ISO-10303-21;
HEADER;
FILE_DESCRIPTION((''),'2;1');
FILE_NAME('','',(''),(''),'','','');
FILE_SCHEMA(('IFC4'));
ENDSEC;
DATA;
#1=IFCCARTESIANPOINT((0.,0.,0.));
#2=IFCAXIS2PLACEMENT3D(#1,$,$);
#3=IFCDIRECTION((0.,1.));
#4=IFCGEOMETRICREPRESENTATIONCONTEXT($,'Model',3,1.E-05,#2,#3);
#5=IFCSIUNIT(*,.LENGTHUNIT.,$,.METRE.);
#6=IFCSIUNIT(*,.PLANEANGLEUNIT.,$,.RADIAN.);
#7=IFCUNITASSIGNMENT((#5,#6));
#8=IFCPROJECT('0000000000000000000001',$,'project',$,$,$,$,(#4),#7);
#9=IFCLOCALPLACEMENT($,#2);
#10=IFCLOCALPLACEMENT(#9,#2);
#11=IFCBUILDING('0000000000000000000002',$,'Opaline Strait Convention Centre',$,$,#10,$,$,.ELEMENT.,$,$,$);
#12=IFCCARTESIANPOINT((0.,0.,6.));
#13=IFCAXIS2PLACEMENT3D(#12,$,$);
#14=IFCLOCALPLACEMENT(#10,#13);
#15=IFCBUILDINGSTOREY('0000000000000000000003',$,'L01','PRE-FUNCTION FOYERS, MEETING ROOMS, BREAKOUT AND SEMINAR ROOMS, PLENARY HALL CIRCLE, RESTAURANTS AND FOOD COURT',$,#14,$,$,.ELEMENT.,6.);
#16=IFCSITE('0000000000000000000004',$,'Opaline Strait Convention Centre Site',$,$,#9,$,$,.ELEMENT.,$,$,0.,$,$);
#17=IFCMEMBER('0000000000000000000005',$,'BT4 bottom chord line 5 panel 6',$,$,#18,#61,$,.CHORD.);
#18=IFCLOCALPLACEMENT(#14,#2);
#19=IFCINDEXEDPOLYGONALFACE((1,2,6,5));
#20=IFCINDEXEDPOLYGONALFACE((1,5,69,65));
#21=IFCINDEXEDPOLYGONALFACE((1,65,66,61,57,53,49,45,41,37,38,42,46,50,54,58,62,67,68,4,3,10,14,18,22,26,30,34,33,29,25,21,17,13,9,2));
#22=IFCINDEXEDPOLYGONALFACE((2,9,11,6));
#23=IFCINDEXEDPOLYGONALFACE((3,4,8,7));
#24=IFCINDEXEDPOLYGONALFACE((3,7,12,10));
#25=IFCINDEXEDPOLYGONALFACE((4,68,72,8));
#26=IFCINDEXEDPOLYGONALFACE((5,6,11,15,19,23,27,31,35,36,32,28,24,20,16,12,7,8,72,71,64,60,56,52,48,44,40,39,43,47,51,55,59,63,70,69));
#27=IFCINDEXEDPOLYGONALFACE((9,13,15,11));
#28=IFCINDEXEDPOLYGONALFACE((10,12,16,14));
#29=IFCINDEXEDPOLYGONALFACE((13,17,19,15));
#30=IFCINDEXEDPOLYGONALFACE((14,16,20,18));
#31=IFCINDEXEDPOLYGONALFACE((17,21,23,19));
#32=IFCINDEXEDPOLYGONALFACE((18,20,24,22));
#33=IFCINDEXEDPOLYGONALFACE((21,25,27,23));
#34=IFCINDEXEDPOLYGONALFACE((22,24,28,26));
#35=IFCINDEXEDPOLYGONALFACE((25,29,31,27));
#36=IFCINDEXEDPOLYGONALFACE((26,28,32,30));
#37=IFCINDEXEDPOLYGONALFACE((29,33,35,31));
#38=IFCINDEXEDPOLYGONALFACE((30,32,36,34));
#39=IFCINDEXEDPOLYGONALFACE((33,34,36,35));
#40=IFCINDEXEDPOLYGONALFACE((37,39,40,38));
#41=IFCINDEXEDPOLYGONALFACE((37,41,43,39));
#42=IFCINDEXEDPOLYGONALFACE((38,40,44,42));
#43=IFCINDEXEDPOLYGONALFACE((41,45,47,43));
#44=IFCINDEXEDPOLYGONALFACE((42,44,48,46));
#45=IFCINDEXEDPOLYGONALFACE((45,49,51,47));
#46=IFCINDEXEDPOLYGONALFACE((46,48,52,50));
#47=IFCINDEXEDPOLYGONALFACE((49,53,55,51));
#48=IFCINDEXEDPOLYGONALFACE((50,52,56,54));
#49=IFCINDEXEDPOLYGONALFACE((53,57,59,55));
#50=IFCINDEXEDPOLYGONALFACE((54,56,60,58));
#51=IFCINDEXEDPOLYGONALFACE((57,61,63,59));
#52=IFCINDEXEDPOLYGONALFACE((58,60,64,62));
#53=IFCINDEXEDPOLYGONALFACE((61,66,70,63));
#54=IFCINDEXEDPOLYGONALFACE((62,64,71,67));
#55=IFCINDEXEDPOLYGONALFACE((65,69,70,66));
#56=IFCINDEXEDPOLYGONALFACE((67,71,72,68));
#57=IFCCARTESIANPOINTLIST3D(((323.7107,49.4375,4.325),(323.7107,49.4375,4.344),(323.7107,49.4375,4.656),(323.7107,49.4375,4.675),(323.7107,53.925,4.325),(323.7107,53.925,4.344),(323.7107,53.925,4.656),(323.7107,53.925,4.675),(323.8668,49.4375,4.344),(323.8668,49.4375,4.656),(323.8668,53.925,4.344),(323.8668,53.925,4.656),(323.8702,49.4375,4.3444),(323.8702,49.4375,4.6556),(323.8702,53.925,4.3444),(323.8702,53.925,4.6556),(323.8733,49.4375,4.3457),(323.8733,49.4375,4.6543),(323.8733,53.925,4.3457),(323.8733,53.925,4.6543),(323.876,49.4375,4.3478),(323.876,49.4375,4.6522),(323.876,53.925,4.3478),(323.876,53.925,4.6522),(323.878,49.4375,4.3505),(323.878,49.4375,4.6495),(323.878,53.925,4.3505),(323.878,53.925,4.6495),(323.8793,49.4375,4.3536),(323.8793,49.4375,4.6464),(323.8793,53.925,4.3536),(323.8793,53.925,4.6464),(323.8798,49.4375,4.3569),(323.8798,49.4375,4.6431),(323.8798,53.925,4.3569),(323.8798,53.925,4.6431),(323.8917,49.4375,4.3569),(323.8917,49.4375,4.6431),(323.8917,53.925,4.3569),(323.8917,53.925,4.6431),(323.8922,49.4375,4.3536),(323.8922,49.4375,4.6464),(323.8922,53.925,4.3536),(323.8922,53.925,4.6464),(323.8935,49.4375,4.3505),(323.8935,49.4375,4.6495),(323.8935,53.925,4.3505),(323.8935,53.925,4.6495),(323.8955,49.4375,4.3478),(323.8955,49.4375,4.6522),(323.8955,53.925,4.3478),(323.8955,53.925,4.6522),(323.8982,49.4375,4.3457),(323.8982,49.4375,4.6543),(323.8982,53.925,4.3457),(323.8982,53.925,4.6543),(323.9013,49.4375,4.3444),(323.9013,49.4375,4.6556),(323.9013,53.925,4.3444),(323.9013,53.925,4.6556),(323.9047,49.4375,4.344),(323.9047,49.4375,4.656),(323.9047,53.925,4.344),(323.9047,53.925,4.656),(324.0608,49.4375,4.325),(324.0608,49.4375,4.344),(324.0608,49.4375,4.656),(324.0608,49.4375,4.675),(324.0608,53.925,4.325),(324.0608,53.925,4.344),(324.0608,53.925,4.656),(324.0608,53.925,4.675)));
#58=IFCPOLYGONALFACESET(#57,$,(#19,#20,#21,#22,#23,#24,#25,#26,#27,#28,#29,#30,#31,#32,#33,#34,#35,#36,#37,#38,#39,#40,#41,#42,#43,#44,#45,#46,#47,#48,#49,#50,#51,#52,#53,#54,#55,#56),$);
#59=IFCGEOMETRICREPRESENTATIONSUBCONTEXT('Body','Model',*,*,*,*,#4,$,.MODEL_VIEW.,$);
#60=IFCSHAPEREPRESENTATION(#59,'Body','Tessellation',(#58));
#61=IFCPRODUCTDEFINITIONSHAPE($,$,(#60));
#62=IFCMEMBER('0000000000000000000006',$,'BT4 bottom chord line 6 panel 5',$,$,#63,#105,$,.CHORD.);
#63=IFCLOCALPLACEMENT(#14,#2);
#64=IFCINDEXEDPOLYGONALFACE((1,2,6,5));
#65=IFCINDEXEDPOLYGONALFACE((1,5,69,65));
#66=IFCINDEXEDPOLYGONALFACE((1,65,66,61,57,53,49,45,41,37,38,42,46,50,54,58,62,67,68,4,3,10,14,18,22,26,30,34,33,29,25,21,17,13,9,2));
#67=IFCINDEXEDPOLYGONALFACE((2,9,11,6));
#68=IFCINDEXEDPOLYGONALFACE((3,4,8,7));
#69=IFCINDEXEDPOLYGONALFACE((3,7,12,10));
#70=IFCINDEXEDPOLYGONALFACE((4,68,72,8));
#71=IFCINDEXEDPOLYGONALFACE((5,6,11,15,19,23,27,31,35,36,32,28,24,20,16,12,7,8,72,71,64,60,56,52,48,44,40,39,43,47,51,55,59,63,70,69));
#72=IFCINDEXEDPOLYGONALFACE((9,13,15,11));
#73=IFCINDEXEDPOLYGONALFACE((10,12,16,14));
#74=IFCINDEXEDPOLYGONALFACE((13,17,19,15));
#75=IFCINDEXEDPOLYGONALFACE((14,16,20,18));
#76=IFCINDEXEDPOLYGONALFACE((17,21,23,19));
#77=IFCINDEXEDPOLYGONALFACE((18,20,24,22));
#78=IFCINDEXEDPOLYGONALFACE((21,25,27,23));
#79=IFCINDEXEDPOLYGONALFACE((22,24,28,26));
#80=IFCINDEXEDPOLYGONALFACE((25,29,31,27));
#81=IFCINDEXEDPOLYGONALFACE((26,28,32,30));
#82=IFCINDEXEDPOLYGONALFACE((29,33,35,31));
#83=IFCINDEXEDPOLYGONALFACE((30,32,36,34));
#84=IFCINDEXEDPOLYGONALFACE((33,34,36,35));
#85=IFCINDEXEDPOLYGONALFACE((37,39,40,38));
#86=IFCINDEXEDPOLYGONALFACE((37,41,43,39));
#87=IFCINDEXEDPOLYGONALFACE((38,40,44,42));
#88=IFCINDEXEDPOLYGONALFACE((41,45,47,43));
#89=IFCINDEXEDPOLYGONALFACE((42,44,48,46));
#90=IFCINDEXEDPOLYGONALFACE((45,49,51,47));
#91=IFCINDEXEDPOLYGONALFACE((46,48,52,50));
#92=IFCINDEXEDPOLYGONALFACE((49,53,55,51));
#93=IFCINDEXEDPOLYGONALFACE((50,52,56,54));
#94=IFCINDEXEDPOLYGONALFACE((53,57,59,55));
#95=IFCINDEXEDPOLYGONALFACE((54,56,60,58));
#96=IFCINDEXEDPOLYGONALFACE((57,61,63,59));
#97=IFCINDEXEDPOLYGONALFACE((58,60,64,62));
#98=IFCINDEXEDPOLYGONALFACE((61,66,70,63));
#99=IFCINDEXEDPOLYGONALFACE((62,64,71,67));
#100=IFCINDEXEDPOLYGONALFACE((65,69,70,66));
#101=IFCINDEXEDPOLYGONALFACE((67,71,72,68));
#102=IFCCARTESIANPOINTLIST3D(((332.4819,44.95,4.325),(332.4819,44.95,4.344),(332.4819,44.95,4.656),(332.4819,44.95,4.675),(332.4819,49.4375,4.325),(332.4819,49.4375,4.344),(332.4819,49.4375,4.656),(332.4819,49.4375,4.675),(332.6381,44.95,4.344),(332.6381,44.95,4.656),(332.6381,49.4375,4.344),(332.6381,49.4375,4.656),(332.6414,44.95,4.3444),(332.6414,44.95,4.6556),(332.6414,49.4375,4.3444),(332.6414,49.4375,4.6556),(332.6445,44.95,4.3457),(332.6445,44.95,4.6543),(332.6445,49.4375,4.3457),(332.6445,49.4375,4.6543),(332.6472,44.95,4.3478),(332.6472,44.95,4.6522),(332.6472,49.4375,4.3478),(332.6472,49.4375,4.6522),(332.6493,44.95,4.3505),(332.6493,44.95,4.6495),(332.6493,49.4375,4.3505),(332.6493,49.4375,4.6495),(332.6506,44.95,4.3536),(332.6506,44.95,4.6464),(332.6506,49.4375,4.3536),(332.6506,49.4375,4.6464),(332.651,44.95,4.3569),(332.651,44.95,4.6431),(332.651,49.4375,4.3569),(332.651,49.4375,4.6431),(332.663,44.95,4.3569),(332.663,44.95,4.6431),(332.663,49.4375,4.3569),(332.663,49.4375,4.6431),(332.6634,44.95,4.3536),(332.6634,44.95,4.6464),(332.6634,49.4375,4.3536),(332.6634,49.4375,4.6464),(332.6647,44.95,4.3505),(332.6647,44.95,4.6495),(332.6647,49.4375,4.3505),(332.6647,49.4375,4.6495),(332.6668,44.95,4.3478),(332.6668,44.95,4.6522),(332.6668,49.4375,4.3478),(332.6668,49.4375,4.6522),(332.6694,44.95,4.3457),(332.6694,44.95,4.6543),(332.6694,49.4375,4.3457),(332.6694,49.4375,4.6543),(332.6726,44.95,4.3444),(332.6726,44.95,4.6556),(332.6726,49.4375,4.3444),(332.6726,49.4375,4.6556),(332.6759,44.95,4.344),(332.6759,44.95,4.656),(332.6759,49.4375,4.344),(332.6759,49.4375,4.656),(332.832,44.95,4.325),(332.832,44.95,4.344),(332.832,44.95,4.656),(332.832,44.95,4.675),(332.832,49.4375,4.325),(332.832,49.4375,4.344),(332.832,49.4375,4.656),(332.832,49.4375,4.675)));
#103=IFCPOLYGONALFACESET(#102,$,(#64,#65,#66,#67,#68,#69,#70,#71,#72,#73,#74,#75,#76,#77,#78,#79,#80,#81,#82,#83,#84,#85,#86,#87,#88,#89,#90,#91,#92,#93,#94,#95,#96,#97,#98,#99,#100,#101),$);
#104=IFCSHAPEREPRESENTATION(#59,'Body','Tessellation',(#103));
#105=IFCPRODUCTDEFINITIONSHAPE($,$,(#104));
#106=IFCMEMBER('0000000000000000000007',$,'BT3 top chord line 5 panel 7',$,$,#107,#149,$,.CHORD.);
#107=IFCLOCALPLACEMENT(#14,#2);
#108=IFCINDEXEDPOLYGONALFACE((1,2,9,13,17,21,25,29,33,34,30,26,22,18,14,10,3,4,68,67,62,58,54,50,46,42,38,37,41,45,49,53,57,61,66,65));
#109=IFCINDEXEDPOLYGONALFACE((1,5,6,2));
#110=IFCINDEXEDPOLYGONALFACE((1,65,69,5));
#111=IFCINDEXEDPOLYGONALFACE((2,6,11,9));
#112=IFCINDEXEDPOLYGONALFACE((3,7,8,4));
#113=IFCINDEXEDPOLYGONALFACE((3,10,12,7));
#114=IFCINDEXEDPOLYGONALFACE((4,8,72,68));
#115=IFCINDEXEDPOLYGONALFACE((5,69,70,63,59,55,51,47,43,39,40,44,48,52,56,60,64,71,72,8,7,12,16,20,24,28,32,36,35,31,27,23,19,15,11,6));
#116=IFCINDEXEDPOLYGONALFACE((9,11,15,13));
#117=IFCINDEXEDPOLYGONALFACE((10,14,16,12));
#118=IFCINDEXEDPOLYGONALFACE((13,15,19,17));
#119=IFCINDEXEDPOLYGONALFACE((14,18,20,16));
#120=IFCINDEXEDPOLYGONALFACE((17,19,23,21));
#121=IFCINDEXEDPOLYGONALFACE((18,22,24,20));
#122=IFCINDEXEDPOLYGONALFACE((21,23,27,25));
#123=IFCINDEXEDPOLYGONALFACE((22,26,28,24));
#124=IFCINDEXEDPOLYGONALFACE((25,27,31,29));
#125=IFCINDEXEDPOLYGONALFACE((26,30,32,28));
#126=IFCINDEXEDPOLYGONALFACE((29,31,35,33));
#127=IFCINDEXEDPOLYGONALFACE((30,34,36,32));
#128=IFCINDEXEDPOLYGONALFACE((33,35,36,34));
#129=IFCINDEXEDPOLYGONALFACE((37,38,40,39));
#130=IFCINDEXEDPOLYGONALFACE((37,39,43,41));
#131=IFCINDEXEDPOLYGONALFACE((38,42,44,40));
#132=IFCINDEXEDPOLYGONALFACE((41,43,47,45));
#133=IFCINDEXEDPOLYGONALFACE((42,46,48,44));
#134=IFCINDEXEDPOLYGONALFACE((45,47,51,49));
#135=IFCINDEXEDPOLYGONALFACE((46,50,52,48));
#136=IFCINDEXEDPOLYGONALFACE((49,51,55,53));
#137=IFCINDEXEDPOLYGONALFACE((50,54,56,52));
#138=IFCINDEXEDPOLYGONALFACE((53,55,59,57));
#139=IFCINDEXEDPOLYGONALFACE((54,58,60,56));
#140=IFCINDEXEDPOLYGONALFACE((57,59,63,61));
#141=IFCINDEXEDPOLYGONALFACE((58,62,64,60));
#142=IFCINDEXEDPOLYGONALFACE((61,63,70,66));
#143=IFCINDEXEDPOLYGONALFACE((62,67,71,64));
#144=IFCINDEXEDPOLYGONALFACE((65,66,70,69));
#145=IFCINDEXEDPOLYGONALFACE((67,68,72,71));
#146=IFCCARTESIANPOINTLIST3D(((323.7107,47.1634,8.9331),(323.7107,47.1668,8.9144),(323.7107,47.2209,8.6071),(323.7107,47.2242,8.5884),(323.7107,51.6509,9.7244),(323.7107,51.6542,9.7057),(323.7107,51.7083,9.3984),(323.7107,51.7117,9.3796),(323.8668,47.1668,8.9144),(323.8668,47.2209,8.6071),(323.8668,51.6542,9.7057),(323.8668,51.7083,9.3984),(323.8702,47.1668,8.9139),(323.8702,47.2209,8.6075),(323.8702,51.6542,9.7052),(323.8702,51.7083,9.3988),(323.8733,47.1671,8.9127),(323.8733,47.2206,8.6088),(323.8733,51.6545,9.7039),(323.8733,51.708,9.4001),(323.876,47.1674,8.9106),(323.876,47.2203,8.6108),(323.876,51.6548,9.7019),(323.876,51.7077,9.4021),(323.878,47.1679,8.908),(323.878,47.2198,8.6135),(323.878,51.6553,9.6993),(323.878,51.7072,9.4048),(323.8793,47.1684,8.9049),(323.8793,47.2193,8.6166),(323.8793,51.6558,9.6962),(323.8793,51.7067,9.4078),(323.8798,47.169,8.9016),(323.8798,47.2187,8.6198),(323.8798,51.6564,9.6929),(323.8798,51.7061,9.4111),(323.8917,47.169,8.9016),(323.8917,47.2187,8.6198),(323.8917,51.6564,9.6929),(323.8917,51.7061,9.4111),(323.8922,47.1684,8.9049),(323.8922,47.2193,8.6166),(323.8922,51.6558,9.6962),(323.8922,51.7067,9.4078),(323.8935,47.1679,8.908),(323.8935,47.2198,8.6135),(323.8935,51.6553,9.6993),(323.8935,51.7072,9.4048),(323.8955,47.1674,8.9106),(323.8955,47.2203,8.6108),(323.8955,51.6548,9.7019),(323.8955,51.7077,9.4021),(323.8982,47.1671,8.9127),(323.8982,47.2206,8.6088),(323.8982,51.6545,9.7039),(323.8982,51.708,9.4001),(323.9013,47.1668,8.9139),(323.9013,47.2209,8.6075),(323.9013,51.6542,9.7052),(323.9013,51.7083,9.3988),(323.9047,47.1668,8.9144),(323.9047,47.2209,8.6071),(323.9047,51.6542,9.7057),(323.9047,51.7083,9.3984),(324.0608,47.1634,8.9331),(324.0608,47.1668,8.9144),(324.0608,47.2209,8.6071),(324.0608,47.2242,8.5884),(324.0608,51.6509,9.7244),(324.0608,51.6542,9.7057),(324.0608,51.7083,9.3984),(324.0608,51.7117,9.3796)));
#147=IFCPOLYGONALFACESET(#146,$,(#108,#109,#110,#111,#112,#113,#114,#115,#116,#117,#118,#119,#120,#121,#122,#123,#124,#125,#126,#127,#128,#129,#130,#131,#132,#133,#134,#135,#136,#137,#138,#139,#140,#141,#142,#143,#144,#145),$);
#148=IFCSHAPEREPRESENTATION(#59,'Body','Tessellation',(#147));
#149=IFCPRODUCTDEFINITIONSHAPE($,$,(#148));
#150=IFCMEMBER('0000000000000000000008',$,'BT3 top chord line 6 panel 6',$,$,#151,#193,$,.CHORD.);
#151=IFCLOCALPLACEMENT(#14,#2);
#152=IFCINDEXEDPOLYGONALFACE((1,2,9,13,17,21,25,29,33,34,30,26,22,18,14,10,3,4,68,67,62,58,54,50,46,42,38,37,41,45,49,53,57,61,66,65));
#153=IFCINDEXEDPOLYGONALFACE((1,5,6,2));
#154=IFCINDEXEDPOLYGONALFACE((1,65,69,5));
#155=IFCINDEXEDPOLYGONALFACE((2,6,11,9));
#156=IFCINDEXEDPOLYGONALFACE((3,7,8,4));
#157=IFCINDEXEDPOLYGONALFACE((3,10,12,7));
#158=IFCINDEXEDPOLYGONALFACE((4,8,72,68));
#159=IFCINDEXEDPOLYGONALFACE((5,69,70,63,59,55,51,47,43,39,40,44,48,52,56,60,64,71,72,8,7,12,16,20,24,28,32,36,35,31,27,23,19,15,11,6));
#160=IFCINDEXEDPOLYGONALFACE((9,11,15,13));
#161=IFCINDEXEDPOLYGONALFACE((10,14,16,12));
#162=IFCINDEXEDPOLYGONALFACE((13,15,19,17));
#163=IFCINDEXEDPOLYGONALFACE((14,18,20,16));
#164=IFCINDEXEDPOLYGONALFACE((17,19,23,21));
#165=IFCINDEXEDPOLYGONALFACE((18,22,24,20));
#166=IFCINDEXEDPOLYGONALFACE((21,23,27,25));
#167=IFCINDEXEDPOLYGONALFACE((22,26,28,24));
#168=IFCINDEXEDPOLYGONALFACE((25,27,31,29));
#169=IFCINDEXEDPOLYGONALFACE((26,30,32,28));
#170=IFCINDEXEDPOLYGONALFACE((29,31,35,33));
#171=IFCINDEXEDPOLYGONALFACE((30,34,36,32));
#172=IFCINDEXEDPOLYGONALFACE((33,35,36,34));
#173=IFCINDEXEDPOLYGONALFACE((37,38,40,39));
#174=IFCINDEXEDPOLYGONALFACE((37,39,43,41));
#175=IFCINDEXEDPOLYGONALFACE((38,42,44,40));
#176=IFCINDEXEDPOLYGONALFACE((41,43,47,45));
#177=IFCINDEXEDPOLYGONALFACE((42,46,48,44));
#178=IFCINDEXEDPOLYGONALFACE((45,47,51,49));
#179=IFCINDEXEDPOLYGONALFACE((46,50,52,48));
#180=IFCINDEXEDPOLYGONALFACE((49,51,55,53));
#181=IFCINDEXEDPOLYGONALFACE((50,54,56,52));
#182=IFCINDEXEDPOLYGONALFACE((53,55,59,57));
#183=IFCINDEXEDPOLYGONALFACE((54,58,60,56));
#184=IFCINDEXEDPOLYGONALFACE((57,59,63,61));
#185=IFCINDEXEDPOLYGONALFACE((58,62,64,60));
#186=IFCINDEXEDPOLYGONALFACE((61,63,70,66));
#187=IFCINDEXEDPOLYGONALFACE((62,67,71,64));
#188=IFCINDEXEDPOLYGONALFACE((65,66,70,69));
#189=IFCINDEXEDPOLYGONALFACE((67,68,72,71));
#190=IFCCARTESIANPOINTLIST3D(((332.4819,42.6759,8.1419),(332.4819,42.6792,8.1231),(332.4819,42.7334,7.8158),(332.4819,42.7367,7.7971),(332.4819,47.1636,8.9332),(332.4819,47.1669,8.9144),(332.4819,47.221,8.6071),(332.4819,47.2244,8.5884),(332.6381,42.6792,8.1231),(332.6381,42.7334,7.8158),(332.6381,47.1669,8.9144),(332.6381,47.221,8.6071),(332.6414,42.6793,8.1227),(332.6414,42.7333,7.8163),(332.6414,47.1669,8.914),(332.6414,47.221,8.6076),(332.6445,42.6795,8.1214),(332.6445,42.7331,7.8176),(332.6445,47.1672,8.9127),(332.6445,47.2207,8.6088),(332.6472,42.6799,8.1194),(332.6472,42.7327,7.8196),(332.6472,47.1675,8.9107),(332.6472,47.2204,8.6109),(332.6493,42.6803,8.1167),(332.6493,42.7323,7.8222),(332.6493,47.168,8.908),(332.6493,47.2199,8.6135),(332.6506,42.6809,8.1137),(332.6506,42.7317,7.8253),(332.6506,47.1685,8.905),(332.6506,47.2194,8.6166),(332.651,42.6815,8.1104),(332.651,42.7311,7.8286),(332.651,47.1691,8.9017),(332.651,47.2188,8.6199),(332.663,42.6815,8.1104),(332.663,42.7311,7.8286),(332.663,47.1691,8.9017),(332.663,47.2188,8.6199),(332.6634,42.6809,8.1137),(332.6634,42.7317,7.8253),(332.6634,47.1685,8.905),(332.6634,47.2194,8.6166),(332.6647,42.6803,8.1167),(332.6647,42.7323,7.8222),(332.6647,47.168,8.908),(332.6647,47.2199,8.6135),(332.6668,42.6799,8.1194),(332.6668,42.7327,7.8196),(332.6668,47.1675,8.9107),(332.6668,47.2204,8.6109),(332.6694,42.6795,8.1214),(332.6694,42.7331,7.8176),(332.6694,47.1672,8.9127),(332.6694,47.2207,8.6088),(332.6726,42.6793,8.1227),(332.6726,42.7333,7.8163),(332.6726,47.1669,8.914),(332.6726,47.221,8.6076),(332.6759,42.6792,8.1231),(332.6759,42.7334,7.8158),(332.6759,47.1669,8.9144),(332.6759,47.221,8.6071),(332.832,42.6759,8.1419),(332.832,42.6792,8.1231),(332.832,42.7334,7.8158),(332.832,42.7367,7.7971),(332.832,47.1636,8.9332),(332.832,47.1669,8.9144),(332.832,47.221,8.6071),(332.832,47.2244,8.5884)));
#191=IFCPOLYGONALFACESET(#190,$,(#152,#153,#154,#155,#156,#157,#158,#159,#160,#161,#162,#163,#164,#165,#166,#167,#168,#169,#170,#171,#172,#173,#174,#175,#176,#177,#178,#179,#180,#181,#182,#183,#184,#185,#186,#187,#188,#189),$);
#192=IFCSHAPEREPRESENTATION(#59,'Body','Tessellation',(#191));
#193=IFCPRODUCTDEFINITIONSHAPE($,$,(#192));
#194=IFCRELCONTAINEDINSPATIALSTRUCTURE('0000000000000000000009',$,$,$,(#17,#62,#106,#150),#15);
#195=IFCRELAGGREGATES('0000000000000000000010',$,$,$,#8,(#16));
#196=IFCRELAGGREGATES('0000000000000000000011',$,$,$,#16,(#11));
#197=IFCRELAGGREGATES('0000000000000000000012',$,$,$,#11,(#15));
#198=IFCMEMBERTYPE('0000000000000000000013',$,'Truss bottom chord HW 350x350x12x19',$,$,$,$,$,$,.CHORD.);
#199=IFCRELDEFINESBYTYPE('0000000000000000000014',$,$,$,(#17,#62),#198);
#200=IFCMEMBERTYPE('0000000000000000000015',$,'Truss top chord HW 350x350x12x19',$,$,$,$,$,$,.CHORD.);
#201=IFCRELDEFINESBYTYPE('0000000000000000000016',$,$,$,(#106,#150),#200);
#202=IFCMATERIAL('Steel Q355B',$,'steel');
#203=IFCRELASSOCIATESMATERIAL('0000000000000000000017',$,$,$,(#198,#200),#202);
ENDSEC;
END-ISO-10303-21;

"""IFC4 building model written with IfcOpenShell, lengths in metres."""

from ifc_helpers import new_model, si_unit, direction, frame, origin, origin_2d, place, context, subcontext, project, spatial, i_section, extrude, material, material_profile, profile_set, type_object, element, save


model = new_model("IFC4")

# Units and contexts
model_context = context("Model", 3, precision=1e-05, world=origin(), true_north=direction((0.0, 1.0)))
body_context = subcontext(model_context, "Body", "Model", "MODEL_VIEW")
ifc_project = project(units=[si_unit("LENGTHUNIT", "METRE"), si_unit("PLANEANGLEUNIT", "RADIAN")], contexts=[model_context])

# Site, building, storey
site_placement = place(None, origin())
site = spatial("IfcSite", under=ifc_project, at=site_placement, Name="Opaline Strait Convention Centre Site", CompositionType="ELEMENT", RefElevation=0.0)
building_placement = place(site_placement, origin())
building = spatial("IfcBuilding", under=site, at=building_placement, Name="Opaline Strait Convention Centre", CompositionType="ELEMENT")
storey_placement = place(building_placement, frame((0.0, 0.0, 6.0)))
storey = spatial("IfcBuildingStorey", under=building, at=storey_placement, Name="L01", Description="PRE-FUNCTION FOYERS, MEETING ROOMS, BREAKOUT AND SEMINAR ROOMS, PLENARY HALL CIRCLE, RESTAURANTS AND FOOD COURT", CompositionType="ELEMENT", Elevation=6.0)

# Members
ifc_material_1 = material(Name="Steel Q355B", Category="steel")
ifc_material_profile_1 = material_profile(ifc_material_1, i_section(OverallWidth=0.3501, OverallDepth=0.3501, WebThickness=0.012, FlangeThickness=0.019, FilletRadius=0.0129, at=origin_2d()), Name="HW 350x350x12x19")
ifc_profile_set_1 = profile_set([ifc_material_profile_1], Name="Steel Q355B")
member_type_1 = type_object("IfcMemberType", Name="Truss bottom chord HW 350x350x12x19", PredefinedType="CHORD", material=ifc_profile_set_1)
for number, where, z_axis, x_axis, name in (
    (1, (323.8857, 49.4375, 4.5), (0.0, 1.0, 0.0), (-1.0, 0.0, 0.0), "BT4 bottom chord line 5 panel 6"),
    (2, (332.657, 44.95, 4.5), (0.0, 1.0, 0.0), (-1.0, 0.0, 0.0), "BT4 bottom chord line 6 panel 5"),
):
    element("IfcMember", number, at=place(storey_placement, frame(where, z_axis=z_axis, x_axis=x_axis)), inside=storey, type_object=member_type_1, Name=name, PredefinedType="CHORD", context=body_context, shape_type="SweptSolid", body=[
        extrude(i_section(OverallWidth=0.3501, OverallDepth=0.3501, WebThickness=0.012, FlangeThickness=0.019, FilletRadius=0.0129, at=origin_2d()), origin(), (0.0, 0.0, 1.0), 4.4875),
    ])
ifc_material_profile_2 = material_profile(ifc_material_1, i_section(OverallWidth=0.3501, OverallDepth=0.3501, WebThickness=0.012, FlangeThickness=0.019, FilletRadius=0.0129, at=origin_2d()), Name="HW 350x350x12x19")
ifc_profile_set_2 = profile_set([ifc_material_profile_2], Name="Steel Q355B")
member_type_2 = type_object("IfcMemberType", Name="Truss top chord HW 350x350x12x19", PredefinedType="CHORD", material=ifc_profile_set_2)
member_1_placement = place(storey_placement, frame((323.8857, 47.1938, 8.7607), z_axis=(0.0, 0.984807, 0.173654), x_axis=(-1.0, 0.0, 0.0)))
element("IfcMember", 3, at=member_1_placement, inside=storey, type_object=member_type_2, Name="BT3 top chord line 5 panel 7", PredefinedType="CHORD", context=body_context, shape_type="SweptSolid", body=[
    extrude(i_section(OverallWidth=0.3501, OverallDepth=0.3501, WebThickness=0.012, FlangeThickness=0.019, FilletRadius=0.0129, at=origin_2d()), origin(), (0.0, 0.0, 1.0), 4.5566),
])
member_2_placement = place(storey_placement, frame((332.657, 42.7063, 7.9695), z_axis=(0.0, 0.984808, 0.173645), x_axis=(-1.0, 0.0, 0.0)))
element("IfcMember", 4, at=member_2_placement, inside=storey, type_object=member_type_2, Name="BT3 top chord line 6 panel 6", PredefinedType="CHORD", context=body_context, shape_type="SweptSolid", body=[
    extrude(i_section(OverallWidth=0.3501, OverallDepth=0.3501, WebThickness=0.012, FlangeThickness=0.019, FilletRadius=0.0129, at=origin_2d()), origin(), (0.0, 0.0, 1.0), 4.5569),
])

save(model, "model.ifc")
